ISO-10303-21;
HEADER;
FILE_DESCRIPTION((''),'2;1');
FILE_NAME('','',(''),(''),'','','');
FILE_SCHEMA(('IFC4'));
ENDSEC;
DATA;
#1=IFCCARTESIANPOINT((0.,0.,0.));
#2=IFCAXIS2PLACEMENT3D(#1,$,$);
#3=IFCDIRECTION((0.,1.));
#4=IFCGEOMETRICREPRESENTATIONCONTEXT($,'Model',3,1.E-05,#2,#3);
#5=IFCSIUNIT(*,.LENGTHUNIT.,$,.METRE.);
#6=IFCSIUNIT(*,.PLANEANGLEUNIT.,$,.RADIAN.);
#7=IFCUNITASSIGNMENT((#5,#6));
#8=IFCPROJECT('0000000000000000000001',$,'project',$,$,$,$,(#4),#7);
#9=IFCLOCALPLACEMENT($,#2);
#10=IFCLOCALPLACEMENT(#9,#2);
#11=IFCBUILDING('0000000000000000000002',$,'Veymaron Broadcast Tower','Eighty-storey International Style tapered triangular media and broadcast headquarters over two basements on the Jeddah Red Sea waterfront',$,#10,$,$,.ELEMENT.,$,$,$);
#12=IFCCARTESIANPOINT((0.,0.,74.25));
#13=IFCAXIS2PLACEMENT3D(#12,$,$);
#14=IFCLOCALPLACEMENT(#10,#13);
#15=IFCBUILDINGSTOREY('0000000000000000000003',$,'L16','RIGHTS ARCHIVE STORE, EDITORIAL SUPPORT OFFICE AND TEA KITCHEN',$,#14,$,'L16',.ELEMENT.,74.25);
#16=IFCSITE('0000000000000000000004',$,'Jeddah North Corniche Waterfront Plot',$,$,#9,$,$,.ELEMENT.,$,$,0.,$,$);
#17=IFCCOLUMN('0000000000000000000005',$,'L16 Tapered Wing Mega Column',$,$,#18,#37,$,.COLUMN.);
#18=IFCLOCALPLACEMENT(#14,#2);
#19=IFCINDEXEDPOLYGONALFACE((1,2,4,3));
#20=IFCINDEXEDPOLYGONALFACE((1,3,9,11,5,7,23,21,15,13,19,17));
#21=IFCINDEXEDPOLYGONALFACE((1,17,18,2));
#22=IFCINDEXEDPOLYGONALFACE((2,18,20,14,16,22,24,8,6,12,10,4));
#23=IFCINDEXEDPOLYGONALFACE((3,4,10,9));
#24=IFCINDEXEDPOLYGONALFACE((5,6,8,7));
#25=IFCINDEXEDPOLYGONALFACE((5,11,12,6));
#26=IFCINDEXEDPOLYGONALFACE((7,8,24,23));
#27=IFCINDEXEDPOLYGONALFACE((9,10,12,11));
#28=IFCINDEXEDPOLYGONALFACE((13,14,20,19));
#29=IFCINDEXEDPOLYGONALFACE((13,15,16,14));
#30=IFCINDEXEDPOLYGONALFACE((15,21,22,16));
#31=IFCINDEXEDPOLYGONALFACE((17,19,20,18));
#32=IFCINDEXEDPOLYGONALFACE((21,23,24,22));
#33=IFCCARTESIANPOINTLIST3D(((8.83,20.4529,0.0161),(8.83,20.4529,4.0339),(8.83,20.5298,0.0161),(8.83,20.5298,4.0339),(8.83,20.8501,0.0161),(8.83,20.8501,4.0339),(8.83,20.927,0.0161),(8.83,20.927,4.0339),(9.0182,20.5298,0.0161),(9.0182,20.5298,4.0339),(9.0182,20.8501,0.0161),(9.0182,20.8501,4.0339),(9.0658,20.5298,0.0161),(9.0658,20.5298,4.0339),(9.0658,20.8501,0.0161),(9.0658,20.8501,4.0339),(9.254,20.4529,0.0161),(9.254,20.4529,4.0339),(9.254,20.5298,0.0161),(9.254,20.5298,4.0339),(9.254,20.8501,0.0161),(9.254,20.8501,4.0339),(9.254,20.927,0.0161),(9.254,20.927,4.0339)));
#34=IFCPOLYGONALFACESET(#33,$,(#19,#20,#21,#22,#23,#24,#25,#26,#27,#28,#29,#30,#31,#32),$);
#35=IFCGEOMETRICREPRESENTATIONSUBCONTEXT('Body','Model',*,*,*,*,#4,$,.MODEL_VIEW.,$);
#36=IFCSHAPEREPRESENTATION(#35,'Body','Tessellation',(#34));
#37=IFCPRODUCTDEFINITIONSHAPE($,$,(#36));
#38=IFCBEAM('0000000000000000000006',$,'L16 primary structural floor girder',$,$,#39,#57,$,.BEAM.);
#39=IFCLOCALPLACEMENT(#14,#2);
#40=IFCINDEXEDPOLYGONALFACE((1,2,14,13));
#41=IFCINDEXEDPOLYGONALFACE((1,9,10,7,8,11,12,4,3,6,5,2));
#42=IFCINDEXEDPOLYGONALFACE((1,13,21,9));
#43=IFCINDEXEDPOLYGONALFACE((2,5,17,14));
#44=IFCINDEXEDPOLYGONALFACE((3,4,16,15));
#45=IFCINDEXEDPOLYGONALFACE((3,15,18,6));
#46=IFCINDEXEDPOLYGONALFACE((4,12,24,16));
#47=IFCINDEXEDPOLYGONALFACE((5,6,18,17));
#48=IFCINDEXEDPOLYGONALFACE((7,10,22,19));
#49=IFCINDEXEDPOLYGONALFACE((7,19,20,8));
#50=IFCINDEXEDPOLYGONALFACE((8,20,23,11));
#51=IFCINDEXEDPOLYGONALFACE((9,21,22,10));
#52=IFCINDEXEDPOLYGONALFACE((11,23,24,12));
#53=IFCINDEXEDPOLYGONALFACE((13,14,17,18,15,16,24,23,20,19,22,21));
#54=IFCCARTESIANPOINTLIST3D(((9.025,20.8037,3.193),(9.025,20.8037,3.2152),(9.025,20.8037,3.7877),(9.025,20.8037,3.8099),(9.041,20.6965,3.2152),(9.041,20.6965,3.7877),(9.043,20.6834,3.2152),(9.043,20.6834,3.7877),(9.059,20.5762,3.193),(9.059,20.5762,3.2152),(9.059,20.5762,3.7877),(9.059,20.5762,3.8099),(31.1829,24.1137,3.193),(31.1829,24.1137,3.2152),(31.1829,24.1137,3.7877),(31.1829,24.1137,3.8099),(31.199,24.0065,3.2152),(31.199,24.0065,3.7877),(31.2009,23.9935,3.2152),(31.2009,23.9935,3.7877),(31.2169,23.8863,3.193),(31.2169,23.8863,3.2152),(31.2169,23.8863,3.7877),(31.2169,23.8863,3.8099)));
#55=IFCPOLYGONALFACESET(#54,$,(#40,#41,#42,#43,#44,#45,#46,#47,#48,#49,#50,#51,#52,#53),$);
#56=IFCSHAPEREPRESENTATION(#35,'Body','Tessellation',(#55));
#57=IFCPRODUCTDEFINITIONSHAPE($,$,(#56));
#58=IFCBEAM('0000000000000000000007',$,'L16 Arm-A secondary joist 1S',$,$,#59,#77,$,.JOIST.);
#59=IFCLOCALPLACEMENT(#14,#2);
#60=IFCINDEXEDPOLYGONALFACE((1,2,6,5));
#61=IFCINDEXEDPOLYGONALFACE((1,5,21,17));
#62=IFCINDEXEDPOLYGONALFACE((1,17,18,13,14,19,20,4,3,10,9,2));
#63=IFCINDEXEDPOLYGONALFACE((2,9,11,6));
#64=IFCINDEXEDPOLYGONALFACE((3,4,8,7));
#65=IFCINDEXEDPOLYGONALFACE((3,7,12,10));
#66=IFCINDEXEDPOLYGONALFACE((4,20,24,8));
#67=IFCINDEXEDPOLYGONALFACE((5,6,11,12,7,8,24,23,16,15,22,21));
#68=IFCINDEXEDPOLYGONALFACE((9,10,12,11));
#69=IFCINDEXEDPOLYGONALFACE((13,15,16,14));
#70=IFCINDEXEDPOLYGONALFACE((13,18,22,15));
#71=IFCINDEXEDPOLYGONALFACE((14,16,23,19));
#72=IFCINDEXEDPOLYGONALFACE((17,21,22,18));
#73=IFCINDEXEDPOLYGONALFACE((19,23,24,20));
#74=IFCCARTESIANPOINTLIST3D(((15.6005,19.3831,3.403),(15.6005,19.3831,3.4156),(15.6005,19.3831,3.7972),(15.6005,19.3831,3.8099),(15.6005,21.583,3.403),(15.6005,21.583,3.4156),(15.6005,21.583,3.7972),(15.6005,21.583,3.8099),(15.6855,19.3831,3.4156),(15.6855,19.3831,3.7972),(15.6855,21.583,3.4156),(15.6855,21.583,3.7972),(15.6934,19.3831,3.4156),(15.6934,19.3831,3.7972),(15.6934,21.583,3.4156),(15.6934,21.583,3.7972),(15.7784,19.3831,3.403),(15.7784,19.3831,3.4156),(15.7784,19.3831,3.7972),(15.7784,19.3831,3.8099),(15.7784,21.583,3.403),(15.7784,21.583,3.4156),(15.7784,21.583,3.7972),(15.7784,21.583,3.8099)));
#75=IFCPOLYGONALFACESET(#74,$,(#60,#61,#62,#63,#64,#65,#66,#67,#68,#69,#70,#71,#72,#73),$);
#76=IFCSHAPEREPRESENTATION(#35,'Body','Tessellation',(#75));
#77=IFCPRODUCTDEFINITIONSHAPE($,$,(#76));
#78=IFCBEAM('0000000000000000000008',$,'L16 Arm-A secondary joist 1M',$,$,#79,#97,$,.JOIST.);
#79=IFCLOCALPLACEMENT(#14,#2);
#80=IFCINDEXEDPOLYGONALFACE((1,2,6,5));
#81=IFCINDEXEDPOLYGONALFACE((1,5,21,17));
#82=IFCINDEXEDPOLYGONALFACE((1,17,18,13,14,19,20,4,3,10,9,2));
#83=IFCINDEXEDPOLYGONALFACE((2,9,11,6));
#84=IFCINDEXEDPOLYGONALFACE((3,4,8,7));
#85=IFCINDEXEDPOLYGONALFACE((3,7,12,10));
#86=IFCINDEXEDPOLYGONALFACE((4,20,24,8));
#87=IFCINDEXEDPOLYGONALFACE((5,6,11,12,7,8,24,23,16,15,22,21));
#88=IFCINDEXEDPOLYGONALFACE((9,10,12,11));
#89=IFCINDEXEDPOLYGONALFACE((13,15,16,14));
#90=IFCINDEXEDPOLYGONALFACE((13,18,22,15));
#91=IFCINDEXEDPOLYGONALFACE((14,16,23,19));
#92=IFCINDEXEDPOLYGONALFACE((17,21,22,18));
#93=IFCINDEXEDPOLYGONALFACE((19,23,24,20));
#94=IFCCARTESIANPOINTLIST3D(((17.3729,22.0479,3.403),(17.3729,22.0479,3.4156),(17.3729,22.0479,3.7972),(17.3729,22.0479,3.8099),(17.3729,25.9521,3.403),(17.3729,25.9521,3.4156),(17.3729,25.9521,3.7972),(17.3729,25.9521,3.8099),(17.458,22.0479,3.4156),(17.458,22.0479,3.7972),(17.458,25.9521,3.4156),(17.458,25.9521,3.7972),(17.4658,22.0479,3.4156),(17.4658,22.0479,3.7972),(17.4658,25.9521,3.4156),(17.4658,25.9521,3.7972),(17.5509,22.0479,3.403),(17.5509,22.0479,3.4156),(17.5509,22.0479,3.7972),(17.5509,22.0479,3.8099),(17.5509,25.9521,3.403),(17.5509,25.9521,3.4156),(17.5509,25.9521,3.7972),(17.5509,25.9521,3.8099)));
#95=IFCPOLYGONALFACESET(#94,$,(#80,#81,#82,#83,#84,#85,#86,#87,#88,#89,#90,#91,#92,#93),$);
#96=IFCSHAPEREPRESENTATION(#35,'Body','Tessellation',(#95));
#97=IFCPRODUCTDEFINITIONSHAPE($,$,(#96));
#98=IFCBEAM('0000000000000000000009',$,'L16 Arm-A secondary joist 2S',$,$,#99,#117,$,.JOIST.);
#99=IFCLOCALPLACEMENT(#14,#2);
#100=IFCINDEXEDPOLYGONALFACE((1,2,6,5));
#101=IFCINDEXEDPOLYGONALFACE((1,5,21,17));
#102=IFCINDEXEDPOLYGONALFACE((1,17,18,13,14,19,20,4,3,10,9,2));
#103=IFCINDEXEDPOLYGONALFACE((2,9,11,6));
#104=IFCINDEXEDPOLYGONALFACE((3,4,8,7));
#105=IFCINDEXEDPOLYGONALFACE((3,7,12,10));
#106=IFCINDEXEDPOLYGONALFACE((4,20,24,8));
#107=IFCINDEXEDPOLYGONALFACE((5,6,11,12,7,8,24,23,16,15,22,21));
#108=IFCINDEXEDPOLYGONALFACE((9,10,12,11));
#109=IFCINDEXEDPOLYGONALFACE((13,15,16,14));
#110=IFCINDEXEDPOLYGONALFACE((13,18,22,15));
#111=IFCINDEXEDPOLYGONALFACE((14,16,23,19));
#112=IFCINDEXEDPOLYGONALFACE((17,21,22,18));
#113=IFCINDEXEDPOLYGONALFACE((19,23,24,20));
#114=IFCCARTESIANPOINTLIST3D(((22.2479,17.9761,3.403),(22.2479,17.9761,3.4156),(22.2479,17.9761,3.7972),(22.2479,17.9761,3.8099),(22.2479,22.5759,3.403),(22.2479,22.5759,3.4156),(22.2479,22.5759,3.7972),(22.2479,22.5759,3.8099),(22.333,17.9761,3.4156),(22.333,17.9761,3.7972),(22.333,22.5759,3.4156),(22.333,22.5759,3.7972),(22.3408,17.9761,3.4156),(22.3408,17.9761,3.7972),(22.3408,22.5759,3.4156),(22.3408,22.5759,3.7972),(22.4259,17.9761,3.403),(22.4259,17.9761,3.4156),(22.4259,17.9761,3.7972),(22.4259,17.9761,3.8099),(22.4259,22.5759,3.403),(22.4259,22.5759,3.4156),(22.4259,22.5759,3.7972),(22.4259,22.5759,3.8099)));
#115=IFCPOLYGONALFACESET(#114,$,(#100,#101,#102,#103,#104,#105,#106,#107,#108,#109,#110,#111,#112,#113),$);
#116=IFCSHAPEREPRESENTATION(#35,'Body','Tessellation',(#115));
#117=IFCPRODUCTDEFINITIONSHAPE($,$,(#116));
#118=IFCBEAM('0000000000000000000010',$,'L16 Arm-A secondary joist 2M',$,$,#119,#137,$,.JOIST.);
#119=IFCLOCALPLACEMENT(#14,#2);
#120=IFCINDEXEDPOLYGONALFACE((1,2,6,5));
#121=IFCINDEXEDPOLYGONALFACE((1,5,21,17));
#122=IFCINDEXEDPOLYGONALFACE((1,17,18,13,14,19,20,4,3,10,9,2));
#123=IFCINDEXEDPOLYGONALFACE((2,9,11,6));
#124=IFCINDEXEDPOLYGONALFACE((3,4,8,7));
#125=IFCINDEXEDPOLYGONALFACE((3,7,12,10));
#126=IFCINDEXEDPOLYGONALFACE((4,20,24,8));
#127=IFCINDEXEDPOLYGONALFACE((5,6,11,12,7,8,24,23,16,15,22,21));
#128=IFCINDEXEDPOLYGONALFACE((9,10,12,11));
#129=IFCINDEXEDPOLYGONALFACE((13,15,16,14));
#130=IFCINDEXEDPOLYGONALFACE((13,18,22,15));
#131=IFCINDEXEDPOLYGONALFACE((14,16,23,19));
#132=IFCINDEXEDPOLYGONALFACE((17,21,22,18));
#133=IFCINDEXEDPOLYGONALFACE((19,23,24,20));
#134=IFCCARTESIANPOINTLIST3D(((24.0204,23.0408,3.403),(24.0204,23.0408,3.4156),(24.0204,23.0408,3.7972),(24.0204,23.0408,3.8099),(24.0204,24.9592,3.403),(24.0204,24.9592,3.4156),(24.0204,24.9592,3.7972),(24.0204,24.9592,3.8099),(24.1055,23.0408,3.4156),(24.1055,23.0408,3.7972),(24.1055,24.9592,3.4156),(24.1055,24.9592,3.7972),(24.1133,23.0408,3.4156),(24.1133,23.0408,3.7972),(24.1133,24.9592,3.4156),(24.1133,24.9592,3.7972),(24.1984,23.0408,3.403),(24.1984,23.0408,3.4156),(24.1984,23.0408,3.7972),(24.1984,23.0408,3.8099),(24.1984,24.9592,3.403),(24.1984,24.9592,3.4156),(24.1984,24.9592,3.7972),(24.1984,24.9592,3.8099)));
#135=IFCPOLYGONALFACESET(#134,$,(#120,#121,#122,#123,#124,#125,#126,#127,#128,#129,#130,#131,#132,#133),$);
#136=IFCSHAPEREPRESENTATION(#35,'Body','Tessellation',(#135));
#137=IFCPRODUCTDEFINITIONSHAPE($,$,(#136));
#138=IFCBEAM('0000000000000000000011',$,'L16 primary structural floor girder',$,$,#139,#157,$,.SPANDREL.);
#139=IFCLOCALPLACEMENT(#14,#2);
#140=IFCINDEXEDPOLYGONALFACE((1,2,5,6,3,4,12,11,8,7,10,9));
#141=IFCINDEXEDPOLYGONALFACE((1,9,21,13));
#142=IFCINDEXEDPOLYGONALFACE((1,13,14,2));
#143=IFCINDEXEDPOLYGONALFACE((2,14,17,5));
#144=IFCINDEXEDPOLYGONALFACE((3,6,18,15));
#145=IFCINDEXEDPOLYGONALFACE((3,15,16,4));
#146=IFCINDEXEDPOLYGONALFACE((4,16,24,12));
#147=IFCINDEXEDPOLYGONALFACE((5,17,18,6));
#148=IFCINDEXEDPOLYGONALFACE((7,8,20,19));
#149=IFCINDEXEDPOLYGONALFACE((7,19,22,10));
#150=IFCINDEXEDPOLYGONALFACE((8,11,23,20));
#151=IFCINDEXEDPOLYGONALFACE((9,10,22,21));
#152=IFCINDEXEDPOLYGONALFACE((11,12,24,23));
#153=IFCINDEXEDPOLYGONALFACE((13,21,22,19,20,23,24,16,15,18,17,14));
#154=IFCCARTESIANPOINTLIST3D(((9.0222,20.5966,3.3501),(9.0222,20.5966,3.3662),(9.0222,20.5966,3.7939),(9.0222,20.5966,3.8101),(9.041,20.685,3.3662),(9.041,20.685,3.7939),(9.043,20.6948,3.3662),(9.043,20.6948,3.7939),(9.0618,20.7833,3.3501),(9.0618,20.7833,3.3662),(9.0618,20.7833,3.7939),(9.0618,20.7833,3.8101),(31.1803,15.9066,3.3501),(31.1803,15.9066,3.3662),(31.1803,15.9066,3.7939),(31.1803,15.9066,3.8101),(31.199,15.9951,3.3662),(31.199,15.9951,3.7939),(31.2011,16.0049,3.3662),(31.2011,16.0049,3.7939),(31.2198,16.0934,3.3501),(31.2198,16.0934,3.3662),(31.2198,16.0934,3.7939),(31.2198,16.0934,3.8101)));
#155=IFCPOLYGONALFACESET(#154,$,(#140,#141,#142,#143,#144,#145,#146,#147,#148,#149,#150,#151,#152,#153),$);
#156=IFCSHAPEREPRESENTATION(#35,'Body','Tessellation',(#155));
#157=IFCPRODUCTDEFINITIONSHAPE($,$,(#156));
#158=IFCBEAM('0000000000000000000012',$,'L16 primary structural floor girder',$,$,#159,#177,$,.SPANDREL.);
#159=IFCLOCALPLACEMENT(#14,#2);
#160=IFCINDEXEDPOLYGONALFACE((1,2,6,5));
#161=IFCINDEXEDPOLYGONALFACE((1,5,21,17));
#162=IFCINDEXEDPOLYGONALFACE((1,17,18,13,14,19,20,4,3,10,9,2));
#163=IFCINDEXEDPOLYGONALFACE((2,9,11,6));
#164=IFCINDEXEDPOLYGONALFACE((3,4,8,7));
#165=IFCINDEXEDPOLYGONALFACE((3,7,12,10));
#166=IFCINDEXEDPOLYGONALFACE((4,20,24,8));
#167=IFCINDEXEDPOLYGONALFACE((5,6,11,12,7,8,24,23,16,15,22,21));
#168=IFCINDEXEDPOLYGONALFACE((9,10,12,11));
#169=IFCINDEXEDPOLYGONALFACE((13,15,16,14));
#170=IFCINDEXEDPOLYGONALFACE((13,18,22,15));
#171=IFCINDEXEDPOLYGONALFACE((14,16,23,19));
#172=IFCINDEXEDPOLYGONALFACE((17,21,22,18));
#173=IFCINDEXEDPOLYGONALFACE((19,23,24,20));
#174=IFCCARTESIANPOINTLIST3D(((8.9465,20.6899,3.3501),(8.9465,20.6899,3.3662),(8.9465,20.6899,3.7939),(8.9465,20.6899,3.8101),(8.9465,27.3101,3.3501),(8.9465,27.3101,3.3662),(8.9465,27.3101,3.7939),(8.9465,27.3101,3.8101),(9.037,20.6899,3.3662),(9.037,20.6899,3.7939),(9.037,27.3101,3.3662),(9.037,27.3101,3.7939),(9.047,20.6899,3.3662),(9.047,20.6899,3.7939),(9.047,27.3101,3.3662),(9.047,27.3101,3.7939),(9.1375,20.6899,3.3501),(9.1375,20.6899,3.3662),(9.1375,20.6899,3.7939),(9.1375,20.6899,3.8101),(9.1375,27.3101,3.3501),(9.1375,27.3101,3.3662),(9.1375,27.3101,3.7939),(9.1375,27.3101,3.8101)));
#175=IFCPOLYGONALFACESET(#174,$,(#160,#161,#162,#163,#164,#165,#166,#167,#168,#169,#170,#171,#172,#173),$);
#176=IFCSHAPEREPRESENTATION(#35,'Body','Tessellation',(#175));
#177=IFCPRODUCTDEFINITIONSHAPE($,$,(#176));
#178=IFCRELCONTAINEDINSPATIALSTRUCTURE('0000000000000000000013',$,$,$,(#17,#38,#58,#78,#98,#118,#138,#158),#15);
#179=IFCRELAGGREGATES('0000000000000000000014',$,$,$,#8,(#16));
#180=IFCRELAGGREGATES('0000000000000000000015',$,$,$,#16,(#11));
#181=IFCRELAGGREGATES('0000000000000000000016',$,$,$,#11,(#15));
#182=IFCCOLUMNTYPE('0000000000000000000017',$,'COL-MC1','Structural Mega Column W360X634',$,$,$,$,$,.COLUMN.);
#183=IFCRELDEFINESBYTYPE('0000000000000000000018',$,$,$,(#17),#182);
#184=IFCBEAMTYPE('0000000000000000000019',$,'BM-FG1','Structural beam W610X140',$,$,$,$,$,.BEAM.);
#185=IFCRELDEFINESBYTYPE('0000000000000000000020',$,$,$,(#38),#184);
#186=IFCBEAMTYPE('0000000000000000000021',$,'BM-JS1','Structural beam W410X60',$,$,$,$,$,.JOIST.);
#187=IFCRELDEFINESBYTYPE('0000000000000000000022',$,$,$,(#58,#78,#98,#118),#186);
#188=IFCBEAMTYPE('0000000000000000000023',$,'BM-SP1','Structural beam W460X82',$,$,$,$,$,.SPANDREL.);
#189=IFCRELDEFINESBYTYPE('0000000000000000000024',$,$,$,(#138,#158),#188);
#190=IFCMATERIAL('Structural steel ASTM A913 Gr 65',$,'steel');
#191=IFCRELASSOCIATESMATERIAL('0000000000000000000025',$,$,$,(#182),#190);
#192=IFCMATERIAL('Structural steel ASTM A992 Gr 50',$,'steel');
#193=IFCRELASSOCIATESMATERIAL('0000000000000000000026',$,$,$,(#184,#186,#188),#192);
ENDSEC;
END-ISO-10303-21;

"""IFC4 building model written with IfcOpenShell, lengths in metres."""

from ifc_helpers import new_model, si_unit, direction, frame, origin, origin_2d, place, context, subcontext, project, spatial, i_section, extrude, material, material_profile, profile_set, type_object, element, save


model = new_model("IFC4")

# Units and contexts
model_context = context("Model", 3, precision=1e-05, world=origin(), true_north=direction((0.0, 1.0)))
body_context = subcontext(model_context, "Body", "Model", "MODEL_VIEW")
ifc_project = project(units=[si_unit("LENGTHUNIT", "METRE"), si_unit("PLANEANGLEUNIT", "RADIAN")], contexts=[model_context])

# Site, building, storey
site_placement = place(None, origin())
site = spatial("IfcSite", under=ifc_project, at=site_placement, Name="Jeddah North Corniche Waterfront Plot", CompositionType="ELEMENT", RefElevation=0.0)
building_placement = place(site_placement, origin())
building = spatial("IfcBuilding", under=site, at=building_placement, Name="Veymaron Broadcast Tower", Description="Eighty-storey International Style tapered triangular media and broadcast headquarters over two basements on the Jeddah Red Sea waterfront", CompositionType="ELEMENT")
storey_placement = place(building_placement, frame((0.0, 0.0, 74.25)))
storey = spatial("IfcBuildingStorey", under=building, at=storey_placement, Name="L16", Description="RIGHTS ARCHIVE STORE, EDITORIAL SUPPORT OFFICE AND TEA KITCHEN", LongName="L16", CompositionType="ELEMENT", Elevation=74.25)

# Column
ifc_material_1 = material(Name="Structural steel ASTM A913 Gr 65", Category="steel")
ifc_material_profile_1 = material_profile(ifc_material_1, i_section(OverallWidth=0.4241, OverallDepth=0.4741, WebThickness=0.0476, FlangeThickness=0.0769, at=origin_2d()), Name="W360X634")
ifc_profile_set_1 = profile_set([ifc_material_profile_1], Name="Structural steel ASTM A913 Gr 65")
column_type = type_object("IfcColumnType", Name="COL-MC1", Description="Structural Mega Column W360X634", PredefinedType="COLUMN", material=ifc_profile_set_1)
column_placement = place(storey_placement, frame((9.042, 20.6899, 0.0161), z_axis=(0.0, 0.0, 1.0), x_axis=(1.0, 0.0, 0.0)))
element("IfcColumn", 1, at=column_placement, inside=storey, type_object=column_type, Name="L16 Tapered Wing Mega Column", PredefinedType="COLUMN", context=body_context, shape_type="SweptSolid", body=[
    extrude(i_section(OverallWidth=0.4241, OverallDepth=0.4741, WebThickness=0.0476, FlangeThickness=0.0769, at=origin_2d()), origin(), (0.0, 0.0, 1.0), 4.0178),
])

# Beams
ifc_material_2 = material(Name="Structural steel ASTM A992 Gr 50", Category="steel")
ifc_material_profile_2 = material_profile(ifc_material_2, i_section(OverallWidth=0.23, OverallDepth=0.6169, WebThickness=0.0132, FlangeThickness=0.0222, at=origin_2d()), Name="W610X140")
ifc_profile_set_2 = profile_set([ifc_material_profile_2], Name="Structural steel ASTM A992 Gr 50")
beam_type_1 = type_object("IfcBeamType", Name="BM-FG1", Description="Structural beam W610X140", PredefinedType="BEAM", material=ifc_profile_set_2)
beam_1_placement = place(storey_placement, frame((9.042, 20.6899, 3.5015), z_axis=(0.989025, 0.147745, 0.0), x_axis=(-0.147745, 0.989025, 0.0)))
element("IfcBeam", 2, at=beam_1_placement, inside=storey, type_object=beam_type_1, Name="L16 primary structural floor girder", PredefinedType="BEAM", context=body_context, shape_type="SweptSolid", body=[
    extrude(i_section(OverallWidth=0.23, OverallDepth=0.6169, WebThickness=0.0132, FlangeThickness=0.0222, at=origin_2d()), origin(), (0.0, 0.0, 1.0), 22.4038),
])
ifc_material_profile_3 = material_profile(ifc_material_2, i_section(OverallWidth=0.178, OverallDepth=0.407, WebThickness=0.0078, FlangeThickness=0.0127, at=origin_2d()), Name="W410X60")
ifc_profile_set_3 = profile_set([ifc_material_profile_3], Name="Structural steel ASTM A992 Gr 50")
beam_type_2 = type_object("IfcBeamType", Name="BM-JS1", Description="Structural beam W410X60", PredefinedType="JOIST", material=ifc_profile_set_3)
beam_2_placement = place(storey_placement, frame((15.6895, 19.3831, 3.6064), z_axis=(0.0, 1.0, 0.0), x_axis=(-1.0, 0.0, 0.0)))
element("IfcBeam", 3, at=beam_2_placement, inside=storey, type_object=beam_type_2, Name="L16 Arm-A secondary joist 1S", PredefinedType="JOIST", context=body_context, shape_type="SweptSolid", body=[
    extrude(i_section(OverallWidth=0.178, OverallDepth=0.407, WebThickness=0.0078, FlangeThickness=0.0127, at=origin_2d()), origin(), (0.0, 0.0, 1.0), 2.2),
])
beam_3_placement = place(storey_placement, frame((17.4619, 22.0479, 3.6064), z_axis=(0.0, 1.0, 0.0), x_axis=(-1.0, 0.0, 0.0)))
element("IfcBeam", 4, at=beam_3_placement, inside=storey, type_object=beam_type_2, Name="L16 Arm-A secondary joist 1M", PredefinedType="JOIST", context=body_context, shape_type="SweptSolid", body=[
    extrude(i_section(OverallWidth=0.178, OverallDepth=0.407, WebThickness=0.0078, FlangeThickness=0.0127, at=origin_2d()), origin(), (0.0, 0.0, 1.0), 3.9043),
])
beam_4_placement = place(storey_placement, frame((22.3369, 17.9761, 3.6064), z_axis=(0.0, 1.0, 0.0), x_axis=(-1.0, 0.0, 0.0)))
element("IfcBeam", 5, at=beam_4_placement, inside=storey, type_object=beam_type_2, Name="L16 Arm-A secondary joist 2S", PredefinedType="JOIST", context=body_context, shape_type="SweptSolid", body=[
    extrude(i_section(OverallWidth=0.178, OverallDepth=0.407, WebThickness=0.0078, FlangeThickness=0.0127, at=origin_2d()), origin(), (0.0, 0.0, 1.0), 4.5999),
])
beam_5_placement = place(storey_placement, frame((24.1094, 23.0408, 3.6064), z_axis=(0.0, 1.0, 0.0), x_axis=(-1.0, 0.0, 0.0)))
element("IfcBeam", 6, at=beam_5_placement, inside=storey, type_object=beam_type_2, Name="L16 Arm-A secondary joist 2M", PredefinedType="JOIST", context=body_context, shape_type="SweptSolid", body=[
    extrude(i_section(OverallWidth=0.178, OverallDepth=0.407, WebThickness=0.0078, FlangeThickness=0.0127, at=origin_2d()), origin(), (0.0, 0.0, 1.0), 1.9185),
])
ifc_material_profile_4 = material_profile(ifc_material_2, i_section(OverallWidth=0.1909, OverallDepth=0.46, WebThickness=0.01, FlangeThickness=0.0161, at=origin_2d()), Name="W460X82")
ifc_profile_set_4 = profile_set([ifc_material_profile_4], Name="Structural steel ASTM A992 Gr 50")
beam_type_3 = type_object("IfcBeamType", Name="BM-SP1", Description="Structural beam W460X82", PredefinedType="SPANDREL", material=ifc_profile_set_4)
beam_6_placement = place(storey_placement, frame((9.042, 20.6899, 3.5801), z_axis=(0.978326, -0.207072, 0.0), x_axis=(0.207072, 0.978326, 0.0)))
element("IfcBeam", 7, at=beam_6_placement, inside=storey, type_object=beam_type_3, Name="L16 primary structural floor girder", PredefinedType="SPANDREL", context=body_context, shape_type="SweptSolid", body=[
    extrude(i_section(OverallWidth=0.1909, OverallDepth=0.46, WebThickness=0.01, FlangeThickness=0.0161, at=origin_2d()), origin(), (0.0, 0.0, 1.0), 22.6489),
])
beam_7_placement = place(storey_placement, frame((9.042, 20.6899, 3.5801), z_axis=(0.0, 1.0, 0.0), x_axis=(-1.0, 0.0, 0.0)))
element("IfcBeam", 8, at=beam_7_placement, inside=storey, type_object=beam_type_3, Name="L16 primary structural floor girder", PredefinedType="SPANDREL", context=body_context, shape_type="SweptSolid", body=[
    extrude(i_section(OverallWidth=0.1909, OverallDepth=0.46, WebThickness=0.01, FlangeThickness=0.0161, at=origin_2d()), origin(), (0.0, 0.0, 1.0), 6.6201),
])

save(model, "model.ifc")
